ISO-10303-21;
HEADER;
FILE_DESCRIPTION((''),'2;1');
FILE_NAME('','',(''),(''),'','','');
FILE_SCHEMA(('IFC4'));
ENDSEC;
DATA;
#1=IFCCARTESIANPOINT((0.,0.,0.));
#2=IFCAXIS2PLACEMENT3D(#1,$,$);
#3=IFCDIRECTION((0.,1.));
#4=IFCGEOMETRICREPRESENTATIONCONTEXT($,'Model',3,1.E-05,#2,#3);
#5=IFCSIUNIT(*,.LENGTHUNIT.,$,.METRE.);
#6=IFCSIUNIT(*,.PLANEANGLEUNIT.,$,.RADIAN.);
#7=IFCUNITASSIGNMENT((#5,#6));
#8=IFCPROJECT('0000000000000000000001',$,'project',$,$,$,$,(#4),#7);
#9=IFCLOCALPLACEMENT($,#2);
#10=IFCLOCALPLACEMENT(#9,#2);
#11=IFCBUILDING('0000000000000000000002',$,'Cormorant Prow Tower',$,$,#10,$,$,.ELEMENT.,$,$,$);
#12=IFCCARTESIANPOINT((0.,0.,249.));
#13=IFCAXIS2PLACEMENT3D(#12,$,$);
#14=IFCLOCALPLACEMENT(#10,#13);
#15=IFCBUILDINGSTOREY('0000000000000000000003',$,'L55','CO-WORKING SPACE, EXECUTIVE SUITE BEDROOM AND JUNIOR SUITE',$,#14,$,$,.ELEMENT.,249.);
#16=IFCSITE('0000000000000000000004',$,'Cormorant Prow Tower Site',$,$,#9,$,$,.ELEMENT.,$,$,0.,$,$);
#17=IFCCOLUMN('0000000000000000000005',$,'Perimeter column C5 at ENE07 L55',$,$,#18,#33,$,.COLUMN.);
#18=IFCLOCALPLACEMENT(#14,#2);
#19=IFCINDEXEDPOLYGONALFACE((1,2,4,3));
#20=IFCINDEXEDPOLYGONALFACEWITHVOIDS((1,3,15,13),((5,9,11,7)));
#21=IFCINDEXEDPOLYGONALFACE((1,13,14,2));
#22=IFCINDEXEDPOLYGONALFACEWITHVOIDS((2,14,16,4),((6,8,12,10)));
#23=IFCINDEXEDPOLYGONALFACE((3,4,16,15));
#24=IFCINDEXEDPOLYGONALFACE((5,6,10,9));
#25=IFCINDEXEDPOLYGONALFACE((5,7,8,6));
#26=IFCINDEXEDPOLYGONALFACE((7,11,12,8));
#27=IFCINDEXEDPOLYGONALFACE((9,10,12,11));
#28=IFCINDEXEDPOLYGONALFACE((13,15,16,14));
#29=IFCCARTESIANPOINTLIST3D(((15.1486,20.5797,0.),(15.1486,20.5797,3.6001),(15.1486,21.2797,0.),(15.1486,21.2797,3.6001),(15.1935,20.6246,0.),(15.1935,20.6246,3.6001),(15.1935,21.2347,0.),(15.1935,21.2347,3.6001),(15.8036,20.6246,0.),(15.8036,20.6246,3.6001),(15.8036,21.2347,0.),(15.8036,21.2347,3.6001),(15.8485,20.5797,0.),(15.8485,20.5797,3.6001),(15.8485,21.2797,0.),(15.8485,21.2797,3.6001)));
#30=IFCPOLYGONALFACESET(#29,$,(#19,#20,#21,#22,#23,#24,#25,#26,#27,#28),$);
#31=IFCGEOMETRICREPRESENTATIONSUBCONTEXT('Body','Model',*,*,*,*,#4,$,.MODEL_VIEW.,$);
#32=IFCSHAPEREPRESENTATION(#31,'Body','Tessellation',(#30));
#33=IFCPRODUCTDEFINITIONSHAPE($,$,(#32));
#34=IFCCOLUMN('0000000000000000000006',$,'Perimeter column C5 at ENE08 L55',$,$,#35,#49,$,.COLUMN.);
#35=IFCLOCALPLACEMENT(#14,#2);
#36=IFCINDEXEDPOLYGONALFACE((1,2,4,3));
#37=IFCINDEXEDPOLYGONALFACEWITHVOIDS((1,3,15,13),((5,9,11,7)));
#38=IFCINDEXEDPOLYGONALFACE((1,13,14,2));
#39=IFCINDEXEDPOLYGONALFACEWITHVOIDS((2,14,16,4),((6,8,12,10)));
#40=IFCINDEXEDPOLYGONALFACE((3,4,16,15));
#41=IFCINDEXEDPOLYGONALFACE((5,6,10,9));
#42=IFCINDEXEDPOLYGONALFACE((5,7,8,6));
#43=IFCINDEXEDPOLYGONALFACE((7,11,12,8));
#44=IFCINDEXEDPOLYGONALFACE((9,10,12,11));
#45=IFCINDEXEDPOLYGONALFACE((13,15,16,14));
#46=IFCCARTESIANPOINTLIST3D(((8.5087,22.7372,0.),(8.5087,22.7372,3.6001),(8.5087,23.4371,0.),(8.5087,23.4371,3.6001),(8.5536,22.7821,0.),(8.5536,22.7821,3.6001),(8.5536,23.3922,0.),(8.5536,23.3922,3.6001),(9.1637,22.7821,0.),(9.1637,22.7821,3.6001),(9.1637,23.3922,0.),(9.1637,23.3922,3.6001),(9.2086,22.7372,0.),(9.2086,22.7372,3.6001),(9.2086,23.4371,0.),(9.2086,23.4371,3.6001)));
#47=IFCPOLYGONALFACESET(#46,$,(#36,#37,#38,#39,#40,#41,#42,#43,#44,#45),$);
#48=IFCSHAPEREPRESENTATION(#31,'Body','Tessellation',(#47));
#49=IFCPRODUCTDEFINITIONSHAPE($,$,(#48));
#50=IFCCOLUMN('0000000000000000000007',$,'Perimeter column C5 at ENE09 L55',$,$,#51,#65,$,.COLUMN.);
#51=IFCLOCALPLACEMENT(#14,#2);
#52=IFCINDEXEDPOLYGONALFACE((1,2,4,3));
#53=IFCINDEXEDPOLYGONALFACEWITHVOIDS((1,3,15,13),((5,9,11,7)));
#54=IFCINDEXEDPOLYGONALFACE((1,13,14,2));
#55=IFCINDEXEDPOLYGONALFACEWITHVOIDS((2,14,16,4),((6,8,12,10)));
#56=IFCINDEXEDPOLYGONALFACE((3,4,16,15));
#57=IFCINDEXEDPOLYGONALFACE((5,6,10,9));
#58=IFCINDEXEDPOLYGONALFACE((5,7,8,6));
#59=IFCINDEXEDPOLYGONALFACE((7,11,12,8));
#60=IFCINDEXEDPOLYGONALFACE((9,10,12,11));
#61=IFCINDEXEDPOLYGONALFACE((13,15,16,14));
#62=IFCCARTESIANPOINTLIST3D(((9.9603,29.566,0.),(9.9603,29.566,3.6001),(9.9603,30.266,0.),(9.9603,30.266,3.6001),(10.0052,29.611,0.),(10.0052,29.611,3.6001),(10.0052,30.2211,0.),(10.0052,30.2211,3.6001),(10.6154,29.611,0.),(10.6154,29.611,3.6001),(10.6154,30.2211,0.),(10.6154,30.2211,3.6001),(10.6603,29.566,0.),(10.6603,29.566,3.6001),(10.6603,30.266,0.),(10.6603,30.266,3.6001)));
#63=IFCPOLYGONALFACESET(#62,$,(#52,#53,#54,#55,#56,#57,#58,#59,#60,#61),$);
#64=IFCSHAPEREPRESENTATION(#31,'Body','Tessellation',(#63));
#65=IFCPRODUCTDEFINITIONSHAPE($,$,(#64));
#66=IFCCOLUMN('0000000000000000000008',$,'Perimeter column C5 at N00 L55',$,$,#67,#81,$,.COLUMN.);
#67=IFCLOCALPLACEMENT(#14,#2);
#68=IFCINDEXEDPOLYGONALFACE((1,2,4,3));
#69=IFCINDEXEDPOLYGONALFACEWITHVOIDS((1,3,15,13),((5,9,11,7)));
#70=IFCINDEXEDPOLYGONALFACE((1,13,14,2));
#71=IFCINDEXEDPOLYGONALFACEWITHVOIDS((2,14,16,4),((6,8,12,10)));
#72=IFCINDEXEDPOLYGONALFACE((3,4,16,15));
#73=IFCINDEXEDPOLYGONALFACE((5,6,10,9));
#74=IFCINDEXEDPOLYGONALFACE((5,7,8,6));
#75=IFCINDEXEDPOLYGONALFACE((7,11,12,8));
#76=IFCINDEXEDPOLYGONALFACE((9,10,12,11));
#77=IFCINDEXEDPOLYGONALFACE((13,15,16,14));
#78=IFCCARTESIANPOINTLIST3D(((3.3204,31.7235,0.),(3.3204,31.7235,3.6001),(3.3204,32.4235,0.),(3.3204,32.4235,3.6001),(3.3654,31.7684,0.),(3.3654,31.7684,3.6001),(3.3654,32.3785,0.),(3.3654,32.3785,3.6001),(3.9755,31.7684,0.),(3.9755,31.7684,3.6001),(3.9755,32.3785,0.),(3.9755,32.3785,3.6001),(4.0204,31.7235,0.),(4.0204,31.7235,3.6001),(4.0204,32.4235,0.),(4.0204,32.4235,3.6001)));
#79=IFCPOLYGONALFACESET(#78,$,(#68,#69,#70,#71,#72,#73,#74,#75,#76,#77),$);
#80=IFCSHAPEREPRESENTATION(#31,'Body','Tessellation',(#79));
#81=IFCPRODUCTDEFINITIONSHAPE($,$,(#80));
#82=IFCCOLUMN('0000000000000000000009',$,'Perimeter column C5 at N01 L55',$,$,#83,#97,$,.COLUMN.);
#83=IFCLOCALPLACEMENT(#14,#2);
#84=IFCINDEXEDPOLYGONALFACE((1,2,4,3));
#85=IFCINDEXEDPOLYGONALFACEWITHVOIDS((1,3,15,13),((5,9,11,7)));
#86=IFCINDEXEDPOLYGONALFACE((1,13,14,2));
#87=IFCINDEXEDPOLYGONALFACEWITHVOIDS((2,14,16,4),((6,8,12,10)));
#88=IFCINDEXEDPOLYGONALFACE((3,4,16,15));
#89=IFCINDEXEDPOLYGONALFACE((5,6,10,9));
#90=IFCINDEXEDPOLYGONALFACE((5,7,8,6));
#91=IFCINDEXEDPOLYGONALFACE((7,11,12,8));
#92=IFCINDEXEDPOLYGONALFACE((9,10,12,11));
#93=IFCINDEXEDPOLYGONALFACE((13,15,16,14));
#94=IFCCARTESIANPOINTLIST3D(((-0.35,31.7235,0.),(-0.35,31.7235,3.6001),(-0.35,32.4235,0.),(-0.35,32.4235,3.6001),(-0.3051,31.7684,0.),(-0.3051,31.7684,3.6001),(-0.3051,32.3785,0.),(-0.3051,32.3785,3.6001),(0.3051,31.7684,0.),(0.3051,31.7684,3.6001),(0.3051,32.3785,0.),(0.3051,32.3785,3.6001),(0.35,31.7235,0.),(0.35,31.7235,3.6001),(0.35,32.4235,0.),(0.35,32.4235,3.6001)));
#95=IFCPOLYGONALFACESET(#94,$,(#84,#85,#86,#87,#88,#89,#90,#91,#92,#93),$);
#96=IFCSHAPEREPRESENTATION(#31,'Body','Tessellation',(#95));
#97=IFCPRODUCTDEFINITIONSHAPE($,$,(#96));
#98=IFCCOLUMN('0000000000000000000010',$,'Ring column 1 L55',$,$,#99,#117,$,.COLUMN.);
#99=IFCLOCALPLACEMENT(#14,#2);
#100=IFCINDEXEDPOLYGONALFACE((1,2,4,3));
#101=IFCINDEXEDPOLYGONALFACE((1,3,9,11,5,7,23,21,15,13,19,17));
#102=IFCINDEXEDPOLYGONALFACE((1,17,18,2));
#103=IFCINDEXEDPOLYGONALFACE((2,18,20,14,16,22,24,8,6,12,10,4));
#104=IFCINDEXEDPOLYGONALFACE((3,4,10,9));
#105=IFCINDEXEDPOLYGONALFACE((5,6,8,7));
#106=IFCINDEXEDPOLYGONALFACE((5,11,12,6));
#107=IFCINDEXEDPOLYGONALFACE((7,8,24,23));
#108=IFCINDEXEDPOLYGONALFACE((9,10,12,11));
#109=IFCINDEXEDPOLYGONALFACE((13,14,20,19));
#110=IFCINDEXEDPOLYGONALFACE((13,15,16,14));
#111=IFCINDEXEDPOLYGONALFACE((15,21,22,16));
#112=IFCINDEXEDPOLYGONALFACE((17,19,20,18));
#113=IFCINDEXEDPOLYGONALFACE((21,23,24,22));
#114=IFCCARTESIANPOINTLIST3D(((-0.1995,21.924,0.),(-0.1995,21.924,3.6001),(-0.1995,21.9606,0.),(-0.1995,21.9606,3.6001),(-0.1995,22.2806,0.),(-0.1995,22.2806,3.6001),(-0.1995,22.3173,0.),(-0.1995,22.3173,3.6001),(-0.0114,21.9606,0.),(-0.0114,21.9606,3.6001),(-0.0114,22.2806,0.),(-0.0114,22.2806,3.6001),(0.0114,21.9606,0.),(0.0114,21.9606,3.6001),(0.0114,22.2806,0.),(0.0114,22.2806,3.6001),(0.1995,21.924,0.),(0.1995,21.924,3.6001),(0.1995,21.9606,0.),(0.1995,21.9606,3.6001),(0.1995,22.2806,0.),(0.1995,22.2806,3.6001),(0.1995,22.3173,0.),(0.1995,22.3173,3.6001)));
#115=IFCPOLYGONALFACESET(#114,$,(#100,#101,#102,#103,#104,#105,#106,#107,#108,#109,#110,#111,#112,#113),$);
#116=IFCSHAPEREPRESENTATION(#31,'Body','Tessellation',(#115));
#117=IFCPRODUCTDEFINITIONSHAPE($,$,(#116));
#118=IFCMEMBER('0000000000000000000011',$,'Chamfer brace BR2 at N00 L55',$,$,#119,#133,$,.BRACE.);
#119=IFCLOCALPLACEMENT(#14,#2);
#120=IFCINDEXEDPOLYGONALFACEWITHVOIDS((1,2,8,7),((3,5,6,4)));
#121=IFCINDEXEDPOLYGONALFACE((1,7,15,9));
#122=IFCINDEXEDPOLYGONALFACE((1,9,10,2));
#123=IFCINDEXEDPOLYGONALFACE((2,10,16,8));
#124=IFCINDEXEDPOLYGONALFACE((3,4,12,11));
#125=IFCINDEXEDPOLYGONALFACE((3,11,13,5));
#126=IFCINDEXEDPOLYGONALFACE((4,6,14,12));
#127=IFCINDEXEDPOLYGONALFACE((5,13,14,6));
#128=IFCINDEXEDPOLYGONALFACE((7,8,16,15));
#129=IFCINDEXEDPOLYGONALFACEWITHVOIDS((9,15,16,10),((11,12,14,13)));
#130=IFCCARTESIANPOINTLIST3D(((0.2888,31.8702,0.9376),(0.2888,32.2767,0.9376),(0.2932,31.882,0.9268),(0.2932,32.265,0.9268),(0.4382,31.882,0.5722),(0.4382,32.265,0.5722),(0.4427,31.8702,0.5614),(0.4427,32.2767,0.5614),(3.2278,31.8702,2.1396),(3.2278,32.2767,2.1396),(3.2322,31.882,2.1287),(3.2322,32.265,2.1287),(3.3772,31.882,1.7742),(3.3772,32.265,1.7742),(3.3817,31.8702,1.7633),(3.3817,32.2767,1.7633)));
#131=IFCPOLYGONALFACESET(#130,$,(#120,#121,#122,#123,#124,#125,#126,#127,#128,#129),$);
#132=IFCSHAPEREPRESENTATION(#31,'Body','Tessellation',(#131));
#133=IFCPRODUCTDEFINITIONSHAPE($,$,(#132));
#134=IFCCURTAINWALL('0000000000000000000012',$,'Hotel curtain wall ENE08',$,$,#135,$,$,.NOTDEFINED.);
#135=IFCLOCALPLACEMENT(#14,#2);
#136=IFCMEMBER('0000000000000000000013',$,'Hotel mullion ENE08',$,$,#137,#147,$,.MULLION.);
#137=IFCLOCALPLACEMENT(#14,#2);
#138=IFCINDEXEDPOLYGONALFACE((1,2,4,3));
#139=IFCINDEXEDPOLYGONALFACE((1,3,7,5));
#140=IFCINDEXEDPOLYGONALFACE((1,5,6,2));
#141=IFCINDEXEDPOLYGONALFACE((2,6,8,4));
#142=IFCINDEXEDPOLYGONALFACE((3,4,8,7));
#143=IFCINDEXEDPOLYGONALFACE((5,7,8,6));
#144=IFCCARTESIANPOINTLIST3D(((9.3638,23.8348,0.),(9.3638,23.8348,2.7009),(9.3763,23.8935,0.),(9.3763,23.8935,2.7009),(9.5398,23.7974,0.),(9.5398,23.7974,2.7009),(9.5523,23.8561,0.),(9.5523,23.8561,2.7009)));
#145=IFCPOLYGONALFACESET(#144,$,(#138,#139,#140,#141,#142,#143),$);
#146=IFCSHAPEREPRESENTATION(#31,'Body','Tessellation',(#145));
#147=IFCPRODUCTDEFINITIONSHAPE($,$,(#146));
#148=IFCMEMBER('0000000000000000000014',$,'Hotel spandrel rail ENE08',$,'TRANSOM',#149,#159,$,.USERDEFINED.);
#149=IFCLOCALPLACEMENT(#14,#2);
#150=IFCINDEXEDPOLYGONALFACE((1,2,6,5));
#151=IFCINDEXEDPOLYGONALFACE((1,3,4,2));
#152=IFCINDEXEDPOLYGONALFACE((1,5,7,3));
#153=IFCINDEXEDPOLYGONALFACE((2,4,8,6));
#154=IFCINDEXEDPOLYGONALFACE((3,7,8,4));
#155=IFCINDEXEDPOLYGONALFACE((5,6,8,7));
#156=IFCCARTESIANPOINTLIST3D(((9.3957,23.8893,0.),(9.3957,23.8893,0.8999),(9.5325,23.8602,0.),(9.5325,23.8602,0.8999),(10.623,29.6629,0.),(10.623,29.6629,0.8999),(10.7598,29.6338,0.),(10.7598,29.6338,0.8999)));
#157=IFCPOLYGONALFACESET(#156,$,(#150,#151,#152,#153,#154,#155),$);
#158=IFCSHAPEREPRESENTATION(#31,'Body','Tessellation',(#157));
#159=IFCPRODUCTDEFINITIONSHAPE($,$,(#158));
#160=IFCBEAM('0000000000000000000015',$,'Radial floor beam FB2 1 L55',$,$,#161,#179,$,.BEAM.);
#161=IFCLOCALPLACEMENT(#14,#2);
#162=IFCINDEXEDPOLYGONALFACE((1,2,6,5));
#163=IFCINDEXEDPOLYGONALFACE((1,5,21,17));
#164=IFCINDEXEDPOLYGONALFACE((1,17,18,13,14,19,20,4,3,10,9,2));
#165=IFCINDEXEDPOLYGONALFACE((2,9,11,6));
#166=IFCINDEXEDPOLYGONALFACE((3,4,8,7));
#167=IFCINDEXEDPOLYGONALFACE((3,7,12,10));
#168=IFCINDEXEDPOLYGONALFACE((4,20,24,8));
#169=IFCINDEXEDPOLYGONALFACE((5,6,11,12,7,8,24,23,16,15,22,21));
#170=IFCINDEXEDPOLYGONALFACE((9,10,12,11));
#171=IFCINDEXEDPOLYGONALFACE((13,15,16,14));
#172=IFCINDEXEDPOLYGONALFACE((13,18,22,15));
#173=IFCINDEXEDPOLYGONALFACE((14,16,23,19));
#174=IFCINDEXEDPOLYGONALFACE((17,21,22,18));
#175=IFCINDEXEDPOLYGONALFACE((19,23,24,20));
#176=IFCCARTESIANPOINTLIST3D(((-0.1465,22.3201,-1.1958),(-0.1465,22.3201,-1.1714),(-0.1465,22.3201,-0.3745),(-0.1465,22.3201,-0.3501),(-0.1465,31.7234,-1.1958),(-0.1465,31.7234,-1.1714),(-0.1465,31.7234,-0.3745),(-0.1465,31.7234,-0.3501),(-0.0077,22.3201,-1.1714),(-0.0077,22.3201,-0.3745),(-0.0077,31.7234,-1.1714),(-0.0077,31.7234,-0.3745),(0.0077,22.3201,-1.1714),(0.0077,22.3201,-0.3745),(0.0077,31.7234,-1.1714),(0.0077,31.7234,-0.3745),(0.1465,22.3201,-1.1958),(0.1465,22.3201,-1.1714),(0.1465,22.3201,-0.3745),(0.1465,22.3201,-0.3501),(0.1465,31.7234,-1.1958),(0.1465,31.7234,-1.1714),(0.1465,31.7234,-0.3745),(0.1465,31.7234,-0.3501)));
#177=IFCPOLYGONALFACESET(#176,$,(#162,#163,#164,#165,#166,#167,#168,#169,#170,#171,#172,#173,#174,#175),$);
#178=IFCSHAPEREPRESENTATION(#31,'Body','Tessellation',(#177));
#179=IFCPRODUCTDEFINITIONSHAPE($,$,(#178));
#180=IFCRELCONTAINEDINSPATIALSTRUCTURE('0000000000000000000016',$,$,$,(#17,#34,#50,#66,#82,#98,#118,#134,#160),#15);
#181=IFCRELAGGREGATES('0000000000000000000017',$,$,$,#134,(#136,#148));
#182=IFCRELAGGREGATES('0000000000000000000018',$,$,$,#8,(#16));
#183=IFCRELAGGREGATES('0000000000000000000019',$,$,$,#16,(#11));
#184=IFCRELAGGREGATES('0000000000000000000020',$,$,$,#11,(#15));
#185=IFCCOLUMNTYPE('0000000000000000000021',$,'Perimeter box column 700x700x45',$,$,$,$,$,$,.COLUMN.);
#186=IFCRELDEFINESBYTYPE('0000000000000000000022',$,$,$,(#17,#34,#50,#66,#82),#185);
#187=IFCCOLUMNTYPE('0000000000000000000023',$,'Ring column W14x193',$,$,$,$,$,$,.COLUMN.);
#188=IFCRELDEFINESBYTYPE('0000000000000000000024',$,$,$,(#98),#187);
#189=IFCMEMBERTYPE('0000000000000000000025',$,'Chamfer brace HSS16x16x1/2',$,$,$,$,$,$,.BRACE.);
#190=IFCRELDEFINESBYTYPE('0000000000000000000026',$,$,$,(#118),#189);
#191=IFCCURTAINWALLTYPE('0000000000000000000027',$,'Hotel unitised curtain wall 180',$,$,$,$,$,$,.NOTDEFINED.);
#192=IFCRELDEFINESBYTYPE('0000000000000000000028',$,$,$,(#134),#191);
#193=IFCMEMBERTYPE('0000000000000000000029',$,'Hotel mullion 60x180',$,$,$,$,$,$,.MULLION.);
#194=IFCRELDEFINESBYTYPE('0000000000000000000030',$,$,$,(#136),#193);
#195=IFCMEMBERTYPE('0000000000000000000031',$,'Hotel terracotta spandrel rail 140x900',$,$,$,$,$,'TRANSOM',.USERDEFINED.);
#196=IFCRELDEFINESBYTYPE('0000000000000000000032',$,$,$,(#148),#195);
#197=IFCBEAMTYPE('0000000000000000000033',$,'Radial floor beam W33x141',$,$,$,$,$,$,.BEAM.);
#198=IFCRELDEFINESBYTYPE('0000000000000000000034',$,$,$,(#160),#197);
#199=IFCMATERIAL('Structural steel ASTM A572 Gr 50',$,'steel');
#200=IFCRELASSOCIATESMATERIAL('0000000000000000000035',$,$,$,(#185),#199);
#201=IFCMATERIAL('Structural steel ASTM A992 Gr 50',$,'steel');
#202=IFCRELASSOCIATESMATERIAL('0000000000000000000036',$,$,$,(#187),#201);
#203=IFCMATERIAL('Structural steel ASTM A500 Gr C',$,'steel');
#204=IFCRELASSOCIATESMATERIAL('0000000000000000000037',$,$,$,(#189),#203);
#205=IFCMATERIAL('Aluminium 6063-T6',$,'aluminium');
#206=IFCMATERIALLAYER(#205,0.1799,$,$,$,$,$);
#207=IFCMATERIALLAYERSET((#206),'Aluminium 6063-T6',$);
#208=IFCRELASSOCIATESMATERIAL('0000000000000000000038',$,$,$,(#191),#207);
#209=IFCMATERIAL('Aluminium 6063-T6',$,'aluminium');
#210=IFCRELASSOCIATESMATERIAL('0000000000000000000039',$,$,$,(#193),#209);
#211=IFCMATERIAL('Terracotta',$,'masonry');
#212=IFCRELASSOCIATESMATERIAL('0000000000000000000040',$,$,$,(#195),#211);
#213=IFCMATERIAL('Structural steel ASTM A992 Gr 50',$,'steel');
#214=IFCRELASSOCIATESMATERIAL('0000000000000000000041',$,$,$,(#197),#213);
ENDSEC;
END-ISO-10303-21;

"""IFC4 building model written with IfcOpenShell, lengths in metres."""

from ifc_helpers import new_model, si_unit, direction, frame, origin, origin_2d, place, context, subcontext, project, spatial, rectangle, hollow_rectangle, i_section, extrude, material, layer, layer_set, material_profile, profile_set, type_object, element, aggregate, save


model = new_model("IFC4")

# Units and contexts
model_context = context("Model", 3, precision=1e-05, world=origin(), true_north=direction((0.0, 1.0)))
body_context = subcontext(model_context, "Body", "Model", "MODEL_VIEW")
ifc_project = project(units=[si_unit("LENGTHUNIT", "METRE"), si_unit("PLANEANGLEUNIT", "RADIAN")], contexts=[model_context])

# Site, building, storey
site_placement = place(None, origin())
site = spatial("IfcSite", under=ifc_project, at=site_placement, Name="Cormorant Prow Tower Site", CompositionType="ELEMENT", RefElevation=0.0)
building_placement = place(site_placement, origin())
building = spatial("IfcBuilding", under=site, at=building_placement, Name="Cormorant Prow Tower", CompositionType="ELEMENT")
storey_placement = place(building_placement, frame((0.0, 0.0, 249.0)))
storey = spatial("IfcBuildingStorey", under=building, at=storey_placement, Name="L55", Description="CO-WORKING SPACE, EXECUTIVE SUITE BEDROOM AND JUNIOR SUITE", CompositionType="ELEMENT", Elevation=249.0)

# Columns
ifc_material_1 = material(Name="Structural steel ASTM A572 Gr 50", Category="steel")
ifc_material_profile_1 = material_profile(ifc_material_1, hollow_rectangle(XDim=0.7, YDim=0.7, WallThickness=0.0449, at=origin_2d()), Name="Box 700x700x45")
ifc_profile_set_1 = profile_set([ifc_material_profile_1], Name="Structural steel ASTM A572 Gr 50")
column_type_1 = type_object("IfcColumnType", Name="Perimeter box column 700x700x45", PredefinedType="COLUMN", material=ifc_profile_set_1)
for number, where, z_axis, x_axis, name in (
    (1, (15.4985, 20.9297, 0.0), (0.0, 0.0, 1.0), (1.0, 0.0, 0.0), "Perimeter column C5 at ENE07 L55"),
    (2, (8.8586, 23.0872, 0.0), (0.0, 0.0, 1.0), (1.0, 0.0, 0.0), "Perimeter column C5 at ENE08 L55"),
    (3, (10.3103, 29.916, 0.0), (0.0, 0.0, 1.0), (1.0, 0.0, 0.0), "Perimeter column C5 at ENE09 L55"),
    (4, (3.6704, 32.0735, 0.0), (0.0, 0.0, 1.0), (1.0, 0.0, 0.0), "Perimeter column C5 at N00 L55"),
    (5, (0.0, 32.0735, 0.0), (0.0, 0.0, 1.0), (1.0, 0.0, 0.0), "Perimeter column C5 at N01 L55"),
):
    element("IfcColumn", number, at=place(storey_placement, frame(where, z_axis=z_axis, x_axis=x_axis)), inside=storey, type_object=column_type_1, Name=name, PredefinedType="COLUMN", context=body_context, shape_type="SweptSolid", body=[
        extrude(hollow_rectangle(XDim=0.7, YDim=0.7, WallThickness=0.0449, at=origin_2d()), origin(), (0.0, 0.0, 1.0), 3.6001),
    ])
ifc_material_2 = material(Name="Structural steel ASTM A992 Gr 50", Category="steel")
ifc_material_profile_2 = material_profile(ifc_material_2, i_section(OverallWidth=0.3989, OverallDepth=0.3933, WebThickness=0.0227, FlangeThickness=0.0366, at=origin_2d()), Name="W14x193")
ifc_profile_set_2 = profile_set([ifc_material_profile_2], Name="Structural steel ASTM A992 Gr 50")
column_type_2 = type_object("IfcColumnType", Name="Ring column W14x193", PredefinedType="COLUMN", material=ifc_profile_set_2)
column_placement = place(storey_placement, frame((0.0, 22.1206, 0.0), z_axis=(0.0, 0.0, 1.0), x_axis=(1.0, 0.0, 0.0)))
element("IfcColumn", 6, at=column_placement, inside=storey, type_object=column_type_2, Name="Ring column 1 L55", PredefinedType="COLUMN", context=body_context, shape_type="SweptSolid", body=[
    extrude(i_section(OverallWidth=0.3989, OverallDepth=0.3933, WebThickness=0.0227, FlangeThickness=0.0366, at=origin_2d()), origin(), (0.0, 0.0, 1.0), 3.6001),
])

# Member
ifc_material_3 = material(Name="Structural steel ASTM A500 Gr C", Category="steel")
ifc_material_profile_3 = material_profile(ifc_material_3, hollow_rectangle(XDim=0.4065, YDim=0.4065, WallThickness=0.0117, at=origin_2d()), Name="HSS16x16x1/2")
ifc_profile_set_3 = profile_set([ifc_material_profile_3], Name="Structural steel ASTM A500 Gr C")
member_type_1 = type_object("IfcMemberType", Name="Chamfer brace HSS16x16x1/2", PredefinedType="BRACE", material=ifc_profile_set_3)
member_1_placement = place(storey_placement, frame((0.3657, 32.0735, 0.7495), z_axis=(0.925591, 0.0, 0.378525), x_axis=(0.0, 1.0, 0.0)))
element("IfcMember", 7, at=member_1_placement, inside=storey, type_object=member_type_1, Name="Chamfer brace BR2 at N00 L55", PredefinedType="BRACE", context=body_context, shape_type="SweptSolid", body=[
    extrude(hollow_rectangle(XDim=0.4065, YDim=0.4065, WallThickness=0.0117, at=origin_2d()), origin(), (0.0, 0.0, 1.0), 3.1753),
])

# Curtain wall, members
ifc_material_4 = material(Name="Aluminium 6063-T6", Category="aluminium")
ifc_layer_1 = layer(ifc_material_4, 0.1799)
ifc_layer_set_1 = layer_set([ifc_layer_1], Name="Aluminium 6063-T6")
curtain_wall_type = type_object("IfcCurtainWallType", Name="Hotel unitised curtain wall 180", PredefinedType="NOTDEFINED", material=ifc_layer_set_1)
curtain_wall_placement = place(storey_placement, origin())
curtain_wall = element("IfcCurtainWall", 8, at=curtain_wall_placement, inside=storey, type_object=curtain_wall_type, Name="Hotel curtain wall ENE08", PredefinedType="NOTDEFINED")
ifc_material_5 = material(Name="Aluminium 6063-T6", Category="aluminium")
ifc_material_profile_4 = material_profile(ifc_material_5, rectangle(XDim=0.1799, YDim=0.0601, at=origin_2d()), Name="Hotel mullion 60x180")
ifc_profile_set_4 = profile_set([ifc_material_profile_4], Name="Aluminium 6063-T6")
member_type_2 = type_object("IfcMemberType", Name="Hotel mullion 60x180", PredefinedType="MULLION", material=ifc_profile_set_4)
member_2_placement = place(storey_placement, frame((9.458, 23.8455, 0.0), z_axis=(0.0, 0.0, 1.0), x_axis=(-0.978148, 0.207912, 0.0)))
member_2 = element("IfcMember", 9, at=member_2_placement, type_object=member_type_2, Name="Hotel mullion ENE08", PredefinedType="MULLION", context=body_context, shape_type="SweptSolid", body=[
    extrude(rectangle(XDim=0.1799, YDim=0.0601, at=origin_2d()), origin(), (0.0, 0.0, 1.0), 2.7009),
])
ifc_material_6 = material(Name="Terracotta", Category="masonry")
ifc_material_profile_5 = material_profile(ifc_material_6, rectangle(XDim=0.1399, YDim=0.8999, at=origin_2d()), Name="Hotel terracotta spandrel rail 140x900")
ifc_profile_set_5 = profile_set([ifc_material_profile_5], Name="Terracotta")
member_type_3 = type_object("IfcMemberType", Name="Hotel terracotta spandrel rail 140x900", ElementType="TRANSOM", PredefinedType="USERDEFINED", material=ifc_profile_set_5)
member_3_placement = place(storey_placement, frame((9.4641, 23.8748, 0.45), z_axis=(0.207922, 0.978145, 0.0), x_axis=(-0.978145, 0.207922, 0.0)))
member_3 = element("IfcMember", 10, at=member_3_placement, type_object=member_type_3, Name="Hotel spandrel rail ENE08", ObjectType="TRANSOM", PredefinedType="USERDEFINED", context=body_context, shape_type="SweptSolid", body=[
    extrude(rectangle(XDim=0.1399, YDim=0.8999, at=origin_2d()), origin(), (0.0, 0.0, 1.0), 5.9026),
])

# Beam
ifc_material_7 = material(Name="Structural steel ASTM A992 Gr 50", Category="steel")
ifc_material_profile_6 = material_profile(ifc_material_7, i_section(OverallWidth=0.293, OverallDepth=0.8457, WebThickness=0.0154, FlangeThickness=0.0244, at=origin_2d()), Name="W33x141")
ifc_profile_set_6 = profile_set([ifc_material_profile_6], Name="Structural steel ASTM A992 Gr 50")
beam_type_1 = type_object("IfcBeamType", Name="Radial floor beam W33x141", PredefinedType="BEAM", material=ifc_profile_set_6)
beam_1_placement = place(storey_placement, frame((0.0, 22.3201, -0.7729), z_axis=(0.0, 1.0, 0.0), x_axis=(-1.0, 0.0, 0.0)))
element("IfcBeam", 11, at=beam_1_placement, inside=storey, type_object=beam_type_1, Name="Radial floor beam FB2 1 L55", PredefinedType="BEAM", context=body_context, shape_type="SweptSolid", body=[
    extrude(i_section(OverallWidth=0.293, OverallDepth=0.8457, WebThickness=0.0154, FlangeThickness=0.0244, at=origin_2d()), origin(), (0.0, 0.0, 1.0), 9.4033),
])

aggregate(curtain_wall, [member_2, member_3])

save(model, "model.ifc")
